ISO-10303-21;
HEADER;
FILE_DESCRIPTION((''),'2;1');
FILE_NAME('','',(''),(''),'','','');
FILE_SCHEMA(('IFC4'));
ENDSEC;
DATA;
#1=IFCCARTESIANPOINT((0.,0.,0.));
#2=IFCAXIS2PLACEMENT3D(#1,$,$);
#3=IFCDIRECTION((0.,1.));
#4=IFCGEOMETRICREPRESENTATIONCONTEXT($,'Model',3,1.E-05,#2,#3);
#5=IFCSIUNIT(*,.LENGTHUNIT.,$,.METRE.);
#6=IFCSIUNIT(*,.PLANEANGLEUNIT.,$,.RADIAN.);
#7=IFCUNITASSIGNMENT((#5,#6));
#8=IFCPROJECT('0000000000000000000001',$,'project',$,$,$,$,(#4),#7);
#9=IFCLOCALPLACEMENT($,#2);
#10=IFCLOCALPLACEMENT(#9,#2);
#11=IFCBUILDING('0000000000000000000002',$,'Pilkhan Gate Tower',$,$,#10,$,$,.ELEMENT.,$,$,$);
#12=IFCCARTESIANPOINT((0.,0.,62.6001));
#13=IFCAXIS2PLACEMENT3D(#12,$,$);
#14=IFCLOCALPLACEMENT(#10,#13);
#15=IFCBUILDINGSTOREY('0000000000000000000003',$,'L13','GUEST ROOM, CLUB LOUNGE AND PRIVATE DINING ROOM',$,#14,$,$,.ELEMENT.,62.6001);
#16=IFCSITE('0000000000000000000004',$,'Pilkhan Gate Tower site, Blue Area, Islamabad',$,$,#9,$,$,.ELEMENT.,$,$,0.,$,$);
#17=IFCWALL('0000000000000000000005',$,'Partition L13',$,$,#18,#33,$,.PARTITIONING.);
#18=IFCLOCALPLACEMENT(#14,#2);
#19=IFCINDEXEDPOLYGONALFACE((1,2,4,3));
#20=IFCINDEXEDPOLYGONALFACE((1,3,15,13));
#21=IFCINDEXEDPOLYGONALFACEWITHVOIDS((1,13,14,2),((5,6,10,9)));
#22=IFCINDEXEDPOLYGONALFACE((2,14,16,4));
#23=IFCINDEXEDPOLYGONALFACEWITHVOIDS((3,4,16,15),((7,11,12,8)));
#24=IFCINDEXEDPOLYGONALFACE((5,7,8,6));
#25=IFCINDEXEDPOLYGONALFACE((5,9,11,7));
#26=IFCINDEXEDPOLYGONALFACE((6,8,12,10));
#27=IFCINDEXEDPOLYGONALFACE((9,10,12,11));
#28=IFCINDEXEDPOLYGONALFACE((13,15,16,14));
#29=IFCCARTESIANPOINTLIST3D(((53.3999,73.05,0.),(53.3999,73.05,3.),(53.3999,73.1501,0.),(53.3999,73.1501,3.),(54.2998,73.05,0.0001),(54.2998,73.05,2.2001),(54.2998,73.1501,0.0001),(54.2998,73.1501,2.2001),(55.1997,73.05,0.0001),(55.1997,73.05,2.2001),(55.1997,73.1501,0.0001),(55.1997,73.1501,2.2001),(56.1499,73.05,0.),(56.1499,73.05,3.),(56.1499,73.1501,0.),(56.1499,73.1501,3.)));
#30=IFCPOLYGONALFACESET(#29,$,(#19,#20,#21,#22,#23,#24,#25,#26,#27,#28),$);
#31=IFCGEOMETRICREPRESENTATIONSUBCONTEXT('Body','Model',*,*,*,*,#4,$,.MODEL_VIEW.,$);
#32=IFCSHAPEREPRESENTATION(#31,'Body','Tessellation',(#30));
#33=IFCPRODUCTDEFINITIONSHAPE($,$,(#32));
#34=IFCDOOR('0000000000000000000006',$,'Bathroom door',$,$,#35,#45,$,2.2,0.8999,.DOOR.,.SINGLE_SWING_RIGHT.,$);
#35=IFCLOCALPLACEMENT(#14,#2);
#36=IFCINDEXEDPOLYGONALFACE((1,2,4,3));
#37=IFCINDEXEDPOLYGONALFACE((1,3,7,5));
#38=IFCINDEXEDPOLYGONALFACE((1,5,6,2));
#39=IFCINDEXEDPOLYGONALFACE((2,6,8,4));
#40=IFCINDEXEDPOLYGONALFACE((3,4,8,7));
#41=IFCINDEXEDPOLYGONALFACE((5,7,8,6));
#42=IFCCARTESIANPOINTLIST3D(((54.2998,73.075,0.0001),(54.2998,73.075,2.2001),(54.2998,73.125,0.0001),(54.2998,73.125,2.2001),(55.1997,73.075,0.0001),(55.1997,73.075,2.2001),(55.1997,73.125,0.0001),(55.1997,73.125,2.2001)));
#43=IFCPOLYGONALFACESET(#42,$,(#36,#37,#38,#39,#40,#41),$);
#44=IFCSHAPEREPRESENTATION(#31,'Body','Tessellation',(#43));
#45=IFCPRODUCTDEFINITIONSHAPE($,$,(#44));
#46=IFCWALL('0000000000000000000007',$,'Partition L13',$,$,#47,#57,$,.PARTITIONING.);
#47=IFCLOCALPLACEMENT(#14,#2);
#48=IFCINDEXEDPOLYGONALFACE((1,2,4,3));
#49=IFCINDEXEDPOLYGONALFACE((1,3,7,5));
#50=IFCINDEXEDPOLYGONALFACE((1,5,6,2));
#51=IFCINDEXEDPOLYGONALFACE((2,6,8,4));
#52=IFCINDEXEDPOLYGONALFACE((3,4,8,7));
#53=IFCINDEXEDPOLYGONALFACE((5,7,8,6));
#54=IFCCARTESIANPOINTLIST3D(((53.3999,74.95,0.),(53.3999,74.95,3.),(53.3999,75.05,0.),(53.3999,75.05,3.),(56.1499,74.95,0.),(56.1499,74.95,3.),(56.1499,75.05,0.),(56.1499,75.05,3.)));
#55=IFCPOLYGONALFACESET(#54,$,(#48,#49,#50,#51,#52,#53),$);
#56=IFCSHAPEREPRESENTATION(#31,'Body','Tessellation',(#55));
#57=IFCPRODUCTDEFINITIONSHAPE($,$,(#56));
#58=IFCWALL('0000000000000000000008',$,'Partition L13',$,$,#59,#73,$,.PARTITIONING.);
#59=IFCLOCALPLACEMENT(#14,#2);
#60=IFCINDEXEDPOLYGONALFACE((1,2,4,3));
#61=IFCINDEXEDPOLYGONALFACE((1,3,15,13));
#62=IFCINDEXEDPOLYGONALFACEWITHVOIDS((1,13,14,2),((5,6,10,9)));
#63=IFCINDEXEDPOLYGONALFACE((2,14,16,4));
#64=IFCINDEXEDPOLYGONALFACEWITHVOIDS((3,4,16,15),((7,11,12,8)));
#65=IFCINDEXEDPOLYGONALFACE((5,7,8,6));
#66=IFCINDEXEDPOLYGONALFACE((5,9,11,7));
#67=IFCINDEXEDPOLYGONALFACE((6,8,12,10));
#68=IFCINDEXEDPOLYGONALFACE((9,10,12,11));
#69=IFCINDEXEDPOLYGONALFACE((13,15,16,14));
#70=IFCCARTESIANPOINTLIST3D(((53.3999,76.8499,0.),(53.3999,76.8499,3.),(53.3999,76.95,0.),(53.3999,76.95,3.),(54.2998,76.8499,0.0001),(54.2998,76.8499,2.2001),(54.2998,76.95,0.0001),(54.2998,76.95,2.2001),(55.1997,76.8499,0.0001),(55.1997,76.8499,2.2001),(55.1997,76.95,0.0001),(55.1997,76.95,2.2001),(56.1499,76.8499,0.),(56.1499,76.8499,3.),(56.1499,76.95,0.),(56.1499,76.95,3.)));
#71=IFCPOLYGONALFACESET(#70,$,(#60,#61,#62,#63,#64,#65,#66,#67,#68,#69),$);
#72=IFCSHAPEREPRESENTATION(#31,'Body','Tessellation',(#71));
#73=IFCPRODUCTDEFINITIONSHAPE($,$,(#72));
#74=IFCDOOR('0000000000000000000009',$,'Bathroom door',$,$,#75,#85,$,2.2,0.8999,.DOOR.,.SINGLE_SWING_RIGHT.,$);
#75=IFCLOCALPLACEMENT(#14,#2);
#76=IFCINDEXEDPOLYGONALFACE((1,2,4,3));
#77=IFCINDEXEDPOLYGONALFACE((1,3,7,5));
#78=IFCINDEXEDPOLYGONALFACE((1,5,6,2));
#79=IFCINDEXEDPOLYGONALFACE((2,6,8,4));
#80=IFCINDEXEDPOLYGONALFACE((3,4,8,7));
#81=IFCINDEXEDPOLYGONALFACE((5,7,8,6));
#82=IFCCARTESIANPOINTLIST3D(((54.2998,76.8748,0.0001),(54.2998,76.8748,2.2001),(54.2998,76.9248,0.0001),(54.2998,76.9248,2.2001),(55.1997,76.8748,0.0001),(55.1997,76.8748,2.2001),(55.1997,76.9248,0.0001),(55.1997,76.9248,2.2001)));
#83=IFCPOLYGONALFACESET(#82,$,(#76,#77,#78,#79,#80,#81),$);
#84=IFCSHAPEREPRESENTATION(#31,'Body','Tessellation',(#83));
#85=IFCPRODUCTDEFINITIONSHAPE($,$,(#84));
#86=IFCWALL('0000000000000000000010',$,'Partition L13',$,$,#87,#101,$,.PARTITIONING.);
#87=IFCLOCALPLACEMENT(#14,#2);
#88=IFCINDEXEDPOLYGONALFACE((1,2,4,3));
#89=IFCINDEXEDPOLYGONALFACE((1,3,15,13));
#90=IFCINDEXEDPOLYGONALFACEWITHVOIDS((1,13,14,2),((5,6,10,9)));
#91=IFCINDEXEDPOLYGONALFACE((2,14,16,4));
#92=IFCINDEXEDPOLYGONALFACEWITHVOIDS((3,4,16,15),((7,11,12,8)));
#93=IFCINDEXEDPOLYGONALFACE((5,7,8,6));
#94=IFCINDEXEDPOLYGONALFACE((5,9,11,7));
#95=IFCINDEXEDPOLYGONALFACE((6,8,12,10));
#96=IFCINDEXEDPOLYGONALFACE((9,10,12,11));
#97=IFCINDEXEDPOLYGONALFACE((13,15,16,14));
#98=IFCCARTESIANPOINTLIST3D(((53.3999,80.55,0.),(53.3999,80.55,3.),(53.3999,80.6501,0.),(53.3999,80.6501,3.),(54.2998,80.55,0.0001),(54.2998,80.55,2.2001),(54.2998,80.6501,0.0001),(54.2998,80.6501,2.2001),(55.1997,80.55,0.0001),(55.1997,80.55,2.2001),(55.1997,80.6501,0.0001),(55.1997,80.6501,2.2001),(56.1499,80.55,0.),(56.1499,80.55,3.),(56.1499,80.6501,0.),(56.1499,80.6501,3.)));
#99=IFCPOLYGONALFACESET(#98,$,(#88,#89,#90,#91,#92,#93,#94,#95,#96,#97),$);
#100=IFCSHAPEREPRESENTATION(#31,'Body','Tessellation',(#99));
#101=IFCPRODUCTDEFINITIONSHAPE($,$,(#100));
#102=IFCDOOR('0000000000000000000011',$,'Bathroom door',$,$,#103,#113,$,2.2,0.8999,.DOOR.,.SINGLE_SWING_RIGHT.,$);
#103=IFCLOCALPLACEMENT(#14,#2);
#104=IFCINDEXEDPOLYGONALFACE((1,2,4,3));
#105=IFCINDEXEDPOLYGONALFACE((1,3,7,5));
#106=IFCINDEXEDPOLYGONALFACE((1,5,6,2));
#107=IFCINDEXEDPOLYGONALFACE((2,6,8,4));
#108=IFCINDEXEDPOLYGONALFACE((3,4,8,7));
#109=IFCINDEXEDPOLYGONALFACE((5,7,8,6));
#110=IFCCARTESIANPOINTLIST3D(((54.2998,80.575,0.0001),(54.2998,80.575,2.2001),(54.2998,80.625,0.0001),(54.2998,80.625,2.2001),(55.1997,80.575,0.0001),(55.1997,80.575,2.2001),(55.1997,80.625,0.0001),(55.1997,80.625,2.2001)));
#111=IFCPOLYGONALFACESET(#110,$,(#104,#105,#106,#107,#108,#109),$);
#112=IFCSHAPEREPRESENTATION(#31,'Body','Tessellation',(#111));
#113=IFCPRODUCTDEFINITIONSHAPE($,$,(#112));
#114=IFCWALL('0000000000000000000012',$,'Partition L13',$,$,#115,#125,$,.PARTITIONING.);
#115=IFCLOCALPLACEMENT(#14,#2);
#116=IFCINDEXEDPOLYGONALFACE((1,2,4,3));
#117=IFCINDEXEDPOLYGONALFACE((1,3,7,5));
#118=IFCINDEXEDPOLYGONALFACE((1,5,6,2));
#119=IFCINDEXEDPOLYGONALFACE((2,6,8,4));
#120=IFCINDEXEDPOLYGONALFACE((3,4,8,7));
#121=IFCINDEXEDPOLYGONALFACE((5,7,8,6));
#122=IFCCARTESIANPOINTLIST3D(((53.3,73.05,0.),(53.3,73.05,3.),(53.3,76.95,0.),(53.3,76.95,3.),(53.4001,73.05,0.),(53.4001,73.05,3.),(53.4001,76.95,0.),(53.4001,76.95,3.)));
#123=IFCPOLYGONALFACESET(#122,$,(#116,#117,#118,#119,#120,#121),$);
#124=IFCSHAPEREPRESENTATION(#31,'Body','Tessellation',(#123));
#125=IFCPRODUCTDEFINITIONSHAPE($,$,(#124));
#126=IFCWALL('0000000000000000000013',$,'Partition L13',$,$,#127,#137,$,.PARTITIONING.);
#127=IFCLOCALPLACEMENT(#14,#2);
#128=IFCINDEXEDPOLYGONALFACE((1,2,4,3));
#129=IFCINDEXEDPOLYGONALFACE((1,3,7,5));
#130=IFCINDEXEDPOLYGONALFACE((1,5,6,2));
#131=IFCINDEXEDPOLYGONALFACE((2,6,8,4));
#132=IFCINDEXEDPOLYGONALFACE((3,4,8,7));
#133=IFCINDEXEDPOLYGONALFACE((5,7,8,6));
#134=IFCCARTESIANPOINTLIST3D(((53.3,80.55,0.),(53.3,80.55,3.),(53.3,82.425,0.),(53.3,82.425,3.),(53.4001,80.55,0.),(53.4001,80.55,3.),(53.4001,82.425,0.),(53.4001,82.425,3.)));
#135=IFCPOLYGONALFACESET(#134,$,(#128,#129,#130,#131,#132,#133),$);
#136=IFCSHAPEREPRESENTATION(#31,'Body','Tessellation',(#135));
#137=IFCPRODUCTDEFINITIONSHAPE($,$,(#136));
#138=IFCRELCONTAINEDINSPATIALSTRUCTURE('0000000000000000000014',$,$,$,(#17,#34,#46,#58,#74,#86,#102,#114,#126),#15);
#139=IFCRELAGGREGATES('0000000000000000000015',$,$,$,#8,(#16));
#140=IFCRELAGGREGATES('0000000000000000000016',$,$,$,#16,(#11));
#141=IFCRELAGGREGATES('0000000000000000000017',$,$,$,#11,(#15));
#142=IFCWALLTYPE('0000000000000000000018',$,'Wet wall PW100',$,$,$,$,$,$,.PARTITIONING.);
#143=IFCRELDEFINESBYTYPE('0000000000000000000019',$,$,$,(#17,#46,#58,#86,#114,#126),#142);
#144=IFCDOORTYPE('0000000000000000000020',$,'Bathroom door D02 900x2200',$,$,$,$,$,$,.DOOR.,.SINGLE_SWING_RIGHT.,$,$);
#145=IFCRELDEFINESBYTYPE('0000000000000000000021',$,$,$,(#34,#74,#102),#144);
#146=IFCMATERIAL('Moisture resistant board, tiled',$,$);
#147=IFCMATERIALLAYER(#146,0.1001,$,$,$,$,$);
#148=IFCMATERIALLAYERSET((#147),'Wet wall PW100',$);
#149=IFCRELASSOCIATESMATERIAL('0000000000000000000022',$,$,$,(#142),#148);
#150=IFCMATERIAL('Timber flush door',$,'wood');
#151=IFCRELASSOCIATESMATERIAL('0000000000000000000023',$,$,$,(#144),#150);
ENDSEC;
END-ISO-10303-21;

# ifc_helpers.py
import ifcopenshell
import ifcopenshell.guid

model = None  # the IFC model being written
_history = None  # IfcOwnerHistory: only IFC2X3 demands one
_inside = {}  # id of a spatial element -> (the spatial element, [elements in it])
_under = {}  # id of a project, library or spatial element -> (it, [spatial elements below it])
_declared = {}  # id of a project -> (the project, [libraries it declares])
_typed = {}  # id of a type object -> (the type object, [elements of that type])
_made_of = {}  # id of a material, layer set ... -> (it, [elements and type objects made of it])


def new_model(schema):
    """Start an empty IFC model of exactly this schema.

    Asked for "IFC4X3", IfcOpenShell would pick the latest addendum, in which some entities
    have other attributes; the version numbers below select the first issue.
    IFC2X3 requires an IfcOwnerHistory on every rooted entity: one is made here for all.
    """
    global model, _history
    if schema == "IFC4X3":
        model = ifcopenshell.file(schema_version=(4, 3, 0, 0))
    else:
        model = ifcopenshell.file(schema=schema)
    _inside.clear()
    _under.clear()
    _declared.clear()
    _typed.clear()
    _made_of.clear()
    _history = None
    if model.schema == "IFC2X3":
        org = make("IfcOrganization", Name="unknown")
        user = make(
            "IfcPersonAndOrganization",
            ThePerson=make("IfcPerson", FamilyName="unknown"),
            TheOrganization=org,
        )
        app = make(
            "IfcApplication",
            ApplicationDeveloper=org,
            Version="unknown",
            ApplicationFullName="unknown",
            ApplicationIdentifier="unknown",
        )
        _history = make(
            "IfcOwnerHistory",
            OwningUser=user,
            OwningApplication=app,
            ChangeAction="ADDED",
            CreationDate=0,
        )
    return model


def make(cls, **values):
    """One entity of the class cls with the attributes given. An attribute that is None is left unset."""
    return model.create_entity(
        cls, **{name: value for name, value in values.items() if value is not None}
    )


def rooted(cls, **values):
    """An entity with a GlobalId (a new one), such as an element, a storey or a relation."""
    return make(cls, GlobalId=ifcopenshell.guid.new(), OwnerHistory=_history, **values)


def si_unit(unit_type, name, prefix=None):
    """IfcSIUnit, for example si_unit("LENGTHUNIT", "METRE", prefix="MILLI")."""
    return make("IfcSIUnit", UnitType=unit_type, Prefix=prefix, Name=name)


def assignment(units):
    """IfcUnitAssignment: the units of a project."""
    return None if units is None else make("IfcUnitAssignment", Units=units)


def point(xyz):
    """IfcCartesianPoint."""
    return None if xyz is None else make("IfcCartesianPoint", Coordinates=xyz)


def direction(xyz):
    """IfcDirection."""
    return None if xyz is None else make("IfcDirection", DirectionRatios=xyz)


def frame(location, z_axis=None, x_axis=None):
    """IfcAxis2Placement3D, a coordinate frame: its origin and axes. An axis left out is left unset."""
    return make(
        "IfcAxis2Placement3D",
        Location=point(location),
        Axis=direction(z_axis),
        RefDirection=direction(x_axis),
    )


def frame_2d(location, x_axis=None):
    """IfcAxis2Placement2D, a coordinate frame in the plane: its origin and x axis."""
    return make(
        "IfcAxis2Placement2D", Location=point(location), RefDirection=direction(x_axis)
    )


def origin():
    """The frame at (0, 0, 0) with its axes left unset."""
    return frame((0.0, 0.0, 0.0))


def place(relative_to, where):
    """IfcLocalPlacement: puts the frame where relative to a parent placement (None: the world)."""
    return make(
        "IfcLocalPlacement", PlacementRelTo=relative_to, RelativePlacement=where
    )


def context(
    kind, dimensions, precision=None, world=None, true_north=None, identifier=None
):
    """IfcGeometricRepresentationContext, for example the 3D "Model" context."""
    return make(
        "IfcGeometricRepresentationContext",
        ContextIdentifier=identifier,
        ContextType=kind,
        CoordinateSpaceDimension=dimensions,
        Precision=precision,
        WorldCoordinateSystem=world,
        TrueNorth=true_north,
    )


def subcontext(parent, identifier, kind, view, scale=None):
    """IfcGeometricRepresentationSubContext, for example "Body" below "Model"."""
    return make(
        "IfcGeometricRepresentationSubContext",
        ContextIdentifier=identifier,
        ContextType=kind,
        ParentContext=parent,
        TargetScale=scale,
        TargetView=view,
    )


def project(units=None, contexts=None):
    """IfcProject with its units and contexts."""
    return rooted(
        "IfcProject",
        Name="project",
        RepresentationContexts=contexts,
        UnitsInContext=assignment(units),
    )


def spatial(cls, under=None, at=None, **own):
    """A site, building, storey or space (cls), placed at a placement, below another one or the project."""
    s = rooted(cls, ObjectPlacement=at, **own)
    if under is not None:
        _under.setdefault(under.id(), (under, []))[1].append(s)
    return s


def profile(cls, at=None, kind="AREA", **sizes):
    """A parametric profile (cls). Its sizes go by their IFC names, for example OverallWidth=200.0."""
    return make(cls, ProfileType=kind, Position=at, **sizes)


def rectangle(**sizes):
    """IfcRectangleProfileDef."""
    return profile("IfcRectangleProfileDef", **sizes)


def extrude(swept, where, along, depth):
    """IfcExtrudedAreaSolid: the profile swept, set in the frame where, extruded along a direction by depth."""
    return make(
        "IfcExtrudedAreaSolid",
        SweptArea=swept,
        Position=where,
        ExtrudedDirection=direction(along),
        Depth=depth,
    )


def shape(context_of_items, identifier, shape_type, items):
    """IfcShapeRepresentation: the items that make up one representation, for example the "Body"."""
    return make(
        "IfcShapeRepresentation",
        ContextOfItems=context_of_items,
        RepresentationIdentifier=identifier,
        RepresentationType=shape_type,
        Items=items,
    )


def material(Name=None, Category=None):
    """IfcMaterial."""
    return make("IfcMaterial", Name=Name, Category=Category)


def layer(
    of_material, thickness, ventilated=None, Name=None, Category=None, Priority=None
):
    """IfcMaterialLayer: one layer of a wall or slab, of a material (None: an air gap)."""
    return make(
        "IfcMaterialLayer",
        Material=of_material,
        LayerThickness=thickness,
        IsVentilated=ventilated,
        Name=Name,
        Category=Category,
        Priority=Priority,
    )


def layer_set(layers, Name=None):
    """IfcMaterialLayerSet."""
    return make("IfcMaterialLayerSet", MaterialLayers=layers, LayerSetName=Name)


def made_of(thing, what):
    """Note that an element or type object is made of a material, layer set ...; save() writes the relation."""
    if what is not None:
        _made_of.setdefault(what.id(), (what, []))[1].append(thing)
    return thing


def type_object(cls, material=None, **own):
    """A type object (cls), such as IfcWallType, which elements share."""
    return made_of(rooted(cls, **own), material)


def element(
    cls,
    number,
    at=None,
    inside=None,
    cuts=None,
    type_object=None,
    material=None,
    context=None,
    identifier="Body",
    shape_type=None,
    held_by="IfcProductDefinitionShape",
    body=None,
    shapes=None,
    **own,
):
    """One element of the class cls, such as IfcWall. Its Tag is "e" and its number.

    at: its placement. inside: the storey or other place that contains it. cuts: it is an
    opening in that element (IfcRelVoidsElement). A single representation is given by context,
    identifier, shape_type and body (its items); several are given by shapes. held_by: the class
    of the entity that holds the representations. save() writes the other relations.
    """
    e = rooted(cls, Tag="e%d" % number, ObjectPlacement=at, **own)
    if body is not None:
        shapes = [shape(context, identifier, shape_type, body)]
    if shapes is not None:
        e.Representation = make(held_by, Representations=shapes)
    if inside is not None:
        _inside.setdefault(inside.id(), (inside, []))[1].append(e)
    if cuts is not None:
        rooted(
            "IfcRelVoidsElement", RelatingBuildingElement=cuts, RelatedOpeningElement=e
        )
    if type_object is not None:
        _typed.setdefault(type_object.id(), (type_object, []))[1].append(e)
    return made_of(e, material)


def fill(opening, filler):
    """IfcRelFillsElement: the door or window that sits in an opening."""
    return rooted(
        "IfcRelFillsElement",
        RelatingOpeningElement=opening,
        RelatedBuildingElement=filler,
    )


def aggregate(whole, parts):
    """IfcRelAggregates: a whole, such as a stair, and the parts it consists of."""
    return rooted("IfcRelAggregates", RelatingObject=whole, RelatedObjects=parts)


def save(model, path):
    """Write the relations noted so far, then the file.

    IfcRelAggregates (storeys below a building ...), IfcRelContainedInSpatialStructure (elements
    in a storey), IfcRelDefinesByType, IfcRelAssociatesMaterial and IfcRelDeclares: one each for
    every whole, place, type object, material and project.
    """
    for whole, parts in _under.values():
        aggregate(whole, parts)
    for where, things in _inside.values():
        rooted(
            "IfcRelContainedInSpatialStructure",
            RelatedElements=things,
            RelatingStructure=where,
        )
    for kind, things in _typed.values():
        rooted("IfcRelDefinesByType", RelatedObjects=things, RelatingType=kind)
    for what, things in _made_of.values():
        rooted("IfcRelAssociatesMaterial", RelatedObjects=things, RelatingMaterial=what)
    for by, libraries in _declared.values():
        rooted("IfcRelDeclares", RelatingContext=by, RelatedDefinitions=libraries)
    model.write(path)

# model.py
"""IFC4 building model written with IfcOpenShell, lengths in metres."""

from ifc_helpers import new_model, si_unit, direction, frame, frame_2d, origin, place, context, subcontext, project, spatial, rectangle, extrude, material, layer, layer_set, type_object, element, fill, save


model = new_model("IFC4")

# Units and contexts
model_context = context("Model", 3, precision=1e-05, world=origin(), true_north=direction((0.0, 1.0)))
body_context = subcontext(model_context, "Body", "Model", "MODEL_VIEW")
ifc_project = project(units=[si_unit("LENGTHUNIT", "METRE"), si_unit("PLANEANGLEUNIT", "RADIAN")], contexts=[model_context])

# Site, building, storey
site_placement = place(None, origin())
site = spatial("IfcSite", under=ifc_project, at=site_placement, Name="Pilkhan Gate Tower site, Blue Area, Islamabad", CompositionType="ELEMENT", RefElevation=0.0)
building_placement = place(site_placement, origin())
building = spatial("IfcBuilding", under=site, at=building_placement, Name="Pilkhan Gate Tower", CompositionType="ELEMENT")
storey_placement = place(building_placement, frame((0.0, 0.0, 62.6001)))
storey = spatial("IfcBuildingStorey", under=building, at=storey_placement, Name="L13", Description="GUEST ROOM, CLUB LOUNGE AND PRIVATE DINING ROOM", CompositionType="ELEMENT", Elevation=62.6001)

# Wall, opening, door
ifc_material_1 = material(Name="Moisture resistant board, tiled")
ifc_layer_1 = layer(ifc_material_1, 0.1001)
ifc_layer_set_1 = layer_set([ifc_layer_1], Name="Wet wall PW100")
wall_type_1 = type_object("IfcWallType", Name="Wet wall PW100", PredefinedType="PARTITIONING", material=ifc_layer_set_1)
ifc_material_2 = material(Name="Timber flush door", Category="wood")
door_type_1 = type_object("IfcDoorType", Name="Bathroom door D02 900x2200", OperationType="SINGLE_SWING_RIGHT", PredefinedType="DOOR", material=ifc_material_2)
wall_1_placement = place(storey_placement, frame((53.3999, 73.1001, 0.0), z_axis=(0.0, 0.0, 1.0), x_axis=(1.0, 0.0, 0.0)))
wall_1 = element("IfcWall", 1, at=wall_1_placement, inside=storey, type_object=wall_type_1, Name="Partition L13", PredefinedType="PARTITIONING", context=body_context, shape_type="SweptSolid", body=[
    extrude(rectangle(XDim=2.75, YDim=0.1001, at=frame_2d((1.375, 0.0))), origin(), (0.0, 0.0, 1.0), 3.0),
])
opening_1_placement = place(wall_1_placement, frame((0.8999, 0.0, 0.0)))
opening_1 = element("IfcOpeningElement", 2, at=opening_1_placement, cuts=wall_1, PredefinedType="OPENING", context=body_context, shape_type="SweptSolid", body=[
    extrude(rectangle(XDim=0.8999, YDim=2.2, at=frame_2d((0.45, 1.1001))), frame((0.0, 0.0601, 0.0), z_axis=(0.0, -1.0, 0.0), x_axis=(1.0, 0.0, 0.0)), (0.0, 0.0, 1.0), 0.1201),
])
door_1_placement = place(opening_1_placement, origin())
door_1 = element("IfcDoor", 3, at=door_1_placement, inside=storey, type_object=door_type_1, Name="Bathroom door", OperationType="SINGLE_SWING_RIGHT", OverallHeight=2.2, OverallWidth=0.8999, PredefinedType="DOOR", context=body_context, shape_type="SweptSolid", body=[
    extrude(rectangle(XDim=0.8999, YDim=2.2, at=frame_2d((0.45, 1.1001))), frame((0.0, 0.0249, 0.0), z_axis=(0.0, -1.0, 0.0), x_axis=(1.0, 0.0, 0.0)), (0.0, 0.0, 1.0), 0.05),
])
fill(opening_1, door_1)

# Wall
wall_2_placement = place(storey_placement, frame((53.3999, 75.0, 0.0), z_axis=(0.0, 0.0, 1.0), x_axis=(1.0, 0.0, 0.0)))
element("IfcWall", 4, at=wall_2_placement, inside=storey, type_object=wall_type_1, Name="Partition L13", PredefinedType="PARTITIONING", context=body_context, shape_type="SweptSolid", body=[
    extrude(rectangle(XDim=2.75, YDim=0.1001, at=frame_2d((1.375, 0.0))), origin(), (0.0, 0.0, 1.0), 3.0),
])

# Walls, openings, doors
wall_3_placement = place(storey_placement, frame((53.3999, 76.8999, 0.0), z_axis=(0.0, 0.0, 1.0), x_axis=(1.0, 0.0, 0.0)))
wall_3 = element("IfcWall", 5, at=wall_3_placement, inside=storey, type_object=wall_type_1, Name="Partition L13", PredefinedType="PARTITIONING", context=body_context, shape_type="SweptSolid", body=[
    extrude(rectangle(XDim=2.75, YDim=0.1001, at=frame_2d((1.375, 0.0))), origin(), (0.0, 0.0, 1.0), 3.0),
])
opening_2_placement = place(wall_3_placement, frame((0.8999, 0.0, 0.0)))
opening_2 = element("IfcOpeningElement", 6, at=opening_2_placement, cuts=wall_3, PredefinedType="OPENING", context=body_context, shape_type="SweptSolid", body=[
    extrude(rectangle(XDim=0.8999, YDim=2.2, at=frame_2d((0.45, 1.1001))), frame((0.0, 0.0601, 0.0), z_axis=(0.0, -1.0, 0.0), x_axis=(1.0, 0.0, 0.0)), (0.0, 0.0, 1.0), 0.1201),
])
door_2_placement = place(opening_2_placement, origin())
door_2 = element("IfcDoor", 7, at=door_2_placement, inside=storey, type_object=door_type_1, Name="Bathroom door", OperationType="SINGLE_SWING_RIGHT", OverallHeight=2.2, OverallWidth=0.8999, PredefinedType="DOOR", context=body_context, shape_type="SweptSolid", body=[
    extrude(rectangle(XDim=0.8999, YDim=2.2, at=frame_2d((0.45, 1.1001))), frame((0.0, 0.0249, 0.0), z_axis=(0.0, -1.0, 0.0), x_axis=(1.0, 0.0, 0.0)), (0.0, 0.0, 1.0), 0.05),
])
fill(opening_2, door_2)
wall_4_placement = place(storey_placement, frame((53.3999, 80.6001, 0.0), z_axis=(0.0, 0.0, 1.0), x_axis=(1.0, 0.0, 0.0)))
wall_4 = element("IfcWall", 8, at=wall_4_placement, inside=storey, type_object=wall_type_1, Name="Partition L13", PredefinedType="PARTITIONING", context=body_context, shape_type="SweptSolid", body=[
    extrude(rectangle(XDim=2.75, YDim=0.1001, at=frame_2d((1.375, 0.0))), origin(), (0.0, 0.0, 1.0), 3.0),
])
opening_3_placement = place(wall_4_placement, frame((0.8999, 0.0, 0.0)))
opening_3 = element("IfcOpeningElement", 9, at=opening_3_placement, cuts=wall_4, PredefinedType="OPENING", context=body_context, shape_type="SweptSolid", body=[
    extrude(rectangle(XDim=0.8999, YDim=2.2, at=frame_2d((0.45, 1.1001))), frame((0.0, 0.0601, 0.0), z_axis=(0.0, -1.0, 0.0), x_axis=(1.0, 0.0, 0.0)), (0.0, 0.0, 1.0), 0.1201),
])
door_3_placement = place(opening_3_placement, origin())
door_3 = element("IfcDoor", 10, at=door_3_placement, inside=storey, type_object=door_type_1, Name="Bathroom door", OperationType="SINGLE_SWING_RIGHT", OverallHeight=2.2, OverallWidth=0.8999, PredefinedType="DOOR", context=body_context, shape_type="SweptSolid", body=[
    extrude(rectangle(XDim=0.8999, YDim=2.2, at=frame_2d((0.45, 1.1001))), frame((0.0, 0.0249, 0.0), z_axis=(0.0, -1.0, 0.0), x_axis=(1.0, 0.0, 0.0)), (0.0, 0.0, 1.0), 0.05),
])
fill(opening_3, door_3)

# Walls
wall_5_placement = place(storey_placement, frame((53.3501, 73.05, 0.0), z_axis=(0.0, 0.0, 1.0), x_axis=(0.0, 1.0, 0.0)))
element("IfcWall", 11, at=wall_5_placement, inside=storey, type_object=wall_type_1, Name="Partition L13", PredefinedType="PARTITIONING", context=body_context, shape_type="SweptSolid", body=[
    extrude(rectangle(XDim=3.8999, YDim=0.1001, at=frame_2d((1.95, 0.0))), origin(), (0.0, 0.0, 1.0), 3.0),
])
wall_6_placement = place(storey_placement, frame((53.3501, 80.55, 0.0), z_axis=(0.0, 0.0, 1.0), x_axis=(0.0, 1.0, 0.0)))
element("IfcWall", 12, at=wall_6_placement, inside=storey, type_object=wall_type_1, Name="Partition L13", PredefinedType="PARTITIONING", context=body_context, shape_type="SweptSolid", body=[
    extrude(rectangle(XDim=1.875, YDim=0.1001, at=frame_2d((0.9375, 0.0))), origin(), (0.0, 0.0, 1.0), 3.0),
])

save(model, "model.ifc")
